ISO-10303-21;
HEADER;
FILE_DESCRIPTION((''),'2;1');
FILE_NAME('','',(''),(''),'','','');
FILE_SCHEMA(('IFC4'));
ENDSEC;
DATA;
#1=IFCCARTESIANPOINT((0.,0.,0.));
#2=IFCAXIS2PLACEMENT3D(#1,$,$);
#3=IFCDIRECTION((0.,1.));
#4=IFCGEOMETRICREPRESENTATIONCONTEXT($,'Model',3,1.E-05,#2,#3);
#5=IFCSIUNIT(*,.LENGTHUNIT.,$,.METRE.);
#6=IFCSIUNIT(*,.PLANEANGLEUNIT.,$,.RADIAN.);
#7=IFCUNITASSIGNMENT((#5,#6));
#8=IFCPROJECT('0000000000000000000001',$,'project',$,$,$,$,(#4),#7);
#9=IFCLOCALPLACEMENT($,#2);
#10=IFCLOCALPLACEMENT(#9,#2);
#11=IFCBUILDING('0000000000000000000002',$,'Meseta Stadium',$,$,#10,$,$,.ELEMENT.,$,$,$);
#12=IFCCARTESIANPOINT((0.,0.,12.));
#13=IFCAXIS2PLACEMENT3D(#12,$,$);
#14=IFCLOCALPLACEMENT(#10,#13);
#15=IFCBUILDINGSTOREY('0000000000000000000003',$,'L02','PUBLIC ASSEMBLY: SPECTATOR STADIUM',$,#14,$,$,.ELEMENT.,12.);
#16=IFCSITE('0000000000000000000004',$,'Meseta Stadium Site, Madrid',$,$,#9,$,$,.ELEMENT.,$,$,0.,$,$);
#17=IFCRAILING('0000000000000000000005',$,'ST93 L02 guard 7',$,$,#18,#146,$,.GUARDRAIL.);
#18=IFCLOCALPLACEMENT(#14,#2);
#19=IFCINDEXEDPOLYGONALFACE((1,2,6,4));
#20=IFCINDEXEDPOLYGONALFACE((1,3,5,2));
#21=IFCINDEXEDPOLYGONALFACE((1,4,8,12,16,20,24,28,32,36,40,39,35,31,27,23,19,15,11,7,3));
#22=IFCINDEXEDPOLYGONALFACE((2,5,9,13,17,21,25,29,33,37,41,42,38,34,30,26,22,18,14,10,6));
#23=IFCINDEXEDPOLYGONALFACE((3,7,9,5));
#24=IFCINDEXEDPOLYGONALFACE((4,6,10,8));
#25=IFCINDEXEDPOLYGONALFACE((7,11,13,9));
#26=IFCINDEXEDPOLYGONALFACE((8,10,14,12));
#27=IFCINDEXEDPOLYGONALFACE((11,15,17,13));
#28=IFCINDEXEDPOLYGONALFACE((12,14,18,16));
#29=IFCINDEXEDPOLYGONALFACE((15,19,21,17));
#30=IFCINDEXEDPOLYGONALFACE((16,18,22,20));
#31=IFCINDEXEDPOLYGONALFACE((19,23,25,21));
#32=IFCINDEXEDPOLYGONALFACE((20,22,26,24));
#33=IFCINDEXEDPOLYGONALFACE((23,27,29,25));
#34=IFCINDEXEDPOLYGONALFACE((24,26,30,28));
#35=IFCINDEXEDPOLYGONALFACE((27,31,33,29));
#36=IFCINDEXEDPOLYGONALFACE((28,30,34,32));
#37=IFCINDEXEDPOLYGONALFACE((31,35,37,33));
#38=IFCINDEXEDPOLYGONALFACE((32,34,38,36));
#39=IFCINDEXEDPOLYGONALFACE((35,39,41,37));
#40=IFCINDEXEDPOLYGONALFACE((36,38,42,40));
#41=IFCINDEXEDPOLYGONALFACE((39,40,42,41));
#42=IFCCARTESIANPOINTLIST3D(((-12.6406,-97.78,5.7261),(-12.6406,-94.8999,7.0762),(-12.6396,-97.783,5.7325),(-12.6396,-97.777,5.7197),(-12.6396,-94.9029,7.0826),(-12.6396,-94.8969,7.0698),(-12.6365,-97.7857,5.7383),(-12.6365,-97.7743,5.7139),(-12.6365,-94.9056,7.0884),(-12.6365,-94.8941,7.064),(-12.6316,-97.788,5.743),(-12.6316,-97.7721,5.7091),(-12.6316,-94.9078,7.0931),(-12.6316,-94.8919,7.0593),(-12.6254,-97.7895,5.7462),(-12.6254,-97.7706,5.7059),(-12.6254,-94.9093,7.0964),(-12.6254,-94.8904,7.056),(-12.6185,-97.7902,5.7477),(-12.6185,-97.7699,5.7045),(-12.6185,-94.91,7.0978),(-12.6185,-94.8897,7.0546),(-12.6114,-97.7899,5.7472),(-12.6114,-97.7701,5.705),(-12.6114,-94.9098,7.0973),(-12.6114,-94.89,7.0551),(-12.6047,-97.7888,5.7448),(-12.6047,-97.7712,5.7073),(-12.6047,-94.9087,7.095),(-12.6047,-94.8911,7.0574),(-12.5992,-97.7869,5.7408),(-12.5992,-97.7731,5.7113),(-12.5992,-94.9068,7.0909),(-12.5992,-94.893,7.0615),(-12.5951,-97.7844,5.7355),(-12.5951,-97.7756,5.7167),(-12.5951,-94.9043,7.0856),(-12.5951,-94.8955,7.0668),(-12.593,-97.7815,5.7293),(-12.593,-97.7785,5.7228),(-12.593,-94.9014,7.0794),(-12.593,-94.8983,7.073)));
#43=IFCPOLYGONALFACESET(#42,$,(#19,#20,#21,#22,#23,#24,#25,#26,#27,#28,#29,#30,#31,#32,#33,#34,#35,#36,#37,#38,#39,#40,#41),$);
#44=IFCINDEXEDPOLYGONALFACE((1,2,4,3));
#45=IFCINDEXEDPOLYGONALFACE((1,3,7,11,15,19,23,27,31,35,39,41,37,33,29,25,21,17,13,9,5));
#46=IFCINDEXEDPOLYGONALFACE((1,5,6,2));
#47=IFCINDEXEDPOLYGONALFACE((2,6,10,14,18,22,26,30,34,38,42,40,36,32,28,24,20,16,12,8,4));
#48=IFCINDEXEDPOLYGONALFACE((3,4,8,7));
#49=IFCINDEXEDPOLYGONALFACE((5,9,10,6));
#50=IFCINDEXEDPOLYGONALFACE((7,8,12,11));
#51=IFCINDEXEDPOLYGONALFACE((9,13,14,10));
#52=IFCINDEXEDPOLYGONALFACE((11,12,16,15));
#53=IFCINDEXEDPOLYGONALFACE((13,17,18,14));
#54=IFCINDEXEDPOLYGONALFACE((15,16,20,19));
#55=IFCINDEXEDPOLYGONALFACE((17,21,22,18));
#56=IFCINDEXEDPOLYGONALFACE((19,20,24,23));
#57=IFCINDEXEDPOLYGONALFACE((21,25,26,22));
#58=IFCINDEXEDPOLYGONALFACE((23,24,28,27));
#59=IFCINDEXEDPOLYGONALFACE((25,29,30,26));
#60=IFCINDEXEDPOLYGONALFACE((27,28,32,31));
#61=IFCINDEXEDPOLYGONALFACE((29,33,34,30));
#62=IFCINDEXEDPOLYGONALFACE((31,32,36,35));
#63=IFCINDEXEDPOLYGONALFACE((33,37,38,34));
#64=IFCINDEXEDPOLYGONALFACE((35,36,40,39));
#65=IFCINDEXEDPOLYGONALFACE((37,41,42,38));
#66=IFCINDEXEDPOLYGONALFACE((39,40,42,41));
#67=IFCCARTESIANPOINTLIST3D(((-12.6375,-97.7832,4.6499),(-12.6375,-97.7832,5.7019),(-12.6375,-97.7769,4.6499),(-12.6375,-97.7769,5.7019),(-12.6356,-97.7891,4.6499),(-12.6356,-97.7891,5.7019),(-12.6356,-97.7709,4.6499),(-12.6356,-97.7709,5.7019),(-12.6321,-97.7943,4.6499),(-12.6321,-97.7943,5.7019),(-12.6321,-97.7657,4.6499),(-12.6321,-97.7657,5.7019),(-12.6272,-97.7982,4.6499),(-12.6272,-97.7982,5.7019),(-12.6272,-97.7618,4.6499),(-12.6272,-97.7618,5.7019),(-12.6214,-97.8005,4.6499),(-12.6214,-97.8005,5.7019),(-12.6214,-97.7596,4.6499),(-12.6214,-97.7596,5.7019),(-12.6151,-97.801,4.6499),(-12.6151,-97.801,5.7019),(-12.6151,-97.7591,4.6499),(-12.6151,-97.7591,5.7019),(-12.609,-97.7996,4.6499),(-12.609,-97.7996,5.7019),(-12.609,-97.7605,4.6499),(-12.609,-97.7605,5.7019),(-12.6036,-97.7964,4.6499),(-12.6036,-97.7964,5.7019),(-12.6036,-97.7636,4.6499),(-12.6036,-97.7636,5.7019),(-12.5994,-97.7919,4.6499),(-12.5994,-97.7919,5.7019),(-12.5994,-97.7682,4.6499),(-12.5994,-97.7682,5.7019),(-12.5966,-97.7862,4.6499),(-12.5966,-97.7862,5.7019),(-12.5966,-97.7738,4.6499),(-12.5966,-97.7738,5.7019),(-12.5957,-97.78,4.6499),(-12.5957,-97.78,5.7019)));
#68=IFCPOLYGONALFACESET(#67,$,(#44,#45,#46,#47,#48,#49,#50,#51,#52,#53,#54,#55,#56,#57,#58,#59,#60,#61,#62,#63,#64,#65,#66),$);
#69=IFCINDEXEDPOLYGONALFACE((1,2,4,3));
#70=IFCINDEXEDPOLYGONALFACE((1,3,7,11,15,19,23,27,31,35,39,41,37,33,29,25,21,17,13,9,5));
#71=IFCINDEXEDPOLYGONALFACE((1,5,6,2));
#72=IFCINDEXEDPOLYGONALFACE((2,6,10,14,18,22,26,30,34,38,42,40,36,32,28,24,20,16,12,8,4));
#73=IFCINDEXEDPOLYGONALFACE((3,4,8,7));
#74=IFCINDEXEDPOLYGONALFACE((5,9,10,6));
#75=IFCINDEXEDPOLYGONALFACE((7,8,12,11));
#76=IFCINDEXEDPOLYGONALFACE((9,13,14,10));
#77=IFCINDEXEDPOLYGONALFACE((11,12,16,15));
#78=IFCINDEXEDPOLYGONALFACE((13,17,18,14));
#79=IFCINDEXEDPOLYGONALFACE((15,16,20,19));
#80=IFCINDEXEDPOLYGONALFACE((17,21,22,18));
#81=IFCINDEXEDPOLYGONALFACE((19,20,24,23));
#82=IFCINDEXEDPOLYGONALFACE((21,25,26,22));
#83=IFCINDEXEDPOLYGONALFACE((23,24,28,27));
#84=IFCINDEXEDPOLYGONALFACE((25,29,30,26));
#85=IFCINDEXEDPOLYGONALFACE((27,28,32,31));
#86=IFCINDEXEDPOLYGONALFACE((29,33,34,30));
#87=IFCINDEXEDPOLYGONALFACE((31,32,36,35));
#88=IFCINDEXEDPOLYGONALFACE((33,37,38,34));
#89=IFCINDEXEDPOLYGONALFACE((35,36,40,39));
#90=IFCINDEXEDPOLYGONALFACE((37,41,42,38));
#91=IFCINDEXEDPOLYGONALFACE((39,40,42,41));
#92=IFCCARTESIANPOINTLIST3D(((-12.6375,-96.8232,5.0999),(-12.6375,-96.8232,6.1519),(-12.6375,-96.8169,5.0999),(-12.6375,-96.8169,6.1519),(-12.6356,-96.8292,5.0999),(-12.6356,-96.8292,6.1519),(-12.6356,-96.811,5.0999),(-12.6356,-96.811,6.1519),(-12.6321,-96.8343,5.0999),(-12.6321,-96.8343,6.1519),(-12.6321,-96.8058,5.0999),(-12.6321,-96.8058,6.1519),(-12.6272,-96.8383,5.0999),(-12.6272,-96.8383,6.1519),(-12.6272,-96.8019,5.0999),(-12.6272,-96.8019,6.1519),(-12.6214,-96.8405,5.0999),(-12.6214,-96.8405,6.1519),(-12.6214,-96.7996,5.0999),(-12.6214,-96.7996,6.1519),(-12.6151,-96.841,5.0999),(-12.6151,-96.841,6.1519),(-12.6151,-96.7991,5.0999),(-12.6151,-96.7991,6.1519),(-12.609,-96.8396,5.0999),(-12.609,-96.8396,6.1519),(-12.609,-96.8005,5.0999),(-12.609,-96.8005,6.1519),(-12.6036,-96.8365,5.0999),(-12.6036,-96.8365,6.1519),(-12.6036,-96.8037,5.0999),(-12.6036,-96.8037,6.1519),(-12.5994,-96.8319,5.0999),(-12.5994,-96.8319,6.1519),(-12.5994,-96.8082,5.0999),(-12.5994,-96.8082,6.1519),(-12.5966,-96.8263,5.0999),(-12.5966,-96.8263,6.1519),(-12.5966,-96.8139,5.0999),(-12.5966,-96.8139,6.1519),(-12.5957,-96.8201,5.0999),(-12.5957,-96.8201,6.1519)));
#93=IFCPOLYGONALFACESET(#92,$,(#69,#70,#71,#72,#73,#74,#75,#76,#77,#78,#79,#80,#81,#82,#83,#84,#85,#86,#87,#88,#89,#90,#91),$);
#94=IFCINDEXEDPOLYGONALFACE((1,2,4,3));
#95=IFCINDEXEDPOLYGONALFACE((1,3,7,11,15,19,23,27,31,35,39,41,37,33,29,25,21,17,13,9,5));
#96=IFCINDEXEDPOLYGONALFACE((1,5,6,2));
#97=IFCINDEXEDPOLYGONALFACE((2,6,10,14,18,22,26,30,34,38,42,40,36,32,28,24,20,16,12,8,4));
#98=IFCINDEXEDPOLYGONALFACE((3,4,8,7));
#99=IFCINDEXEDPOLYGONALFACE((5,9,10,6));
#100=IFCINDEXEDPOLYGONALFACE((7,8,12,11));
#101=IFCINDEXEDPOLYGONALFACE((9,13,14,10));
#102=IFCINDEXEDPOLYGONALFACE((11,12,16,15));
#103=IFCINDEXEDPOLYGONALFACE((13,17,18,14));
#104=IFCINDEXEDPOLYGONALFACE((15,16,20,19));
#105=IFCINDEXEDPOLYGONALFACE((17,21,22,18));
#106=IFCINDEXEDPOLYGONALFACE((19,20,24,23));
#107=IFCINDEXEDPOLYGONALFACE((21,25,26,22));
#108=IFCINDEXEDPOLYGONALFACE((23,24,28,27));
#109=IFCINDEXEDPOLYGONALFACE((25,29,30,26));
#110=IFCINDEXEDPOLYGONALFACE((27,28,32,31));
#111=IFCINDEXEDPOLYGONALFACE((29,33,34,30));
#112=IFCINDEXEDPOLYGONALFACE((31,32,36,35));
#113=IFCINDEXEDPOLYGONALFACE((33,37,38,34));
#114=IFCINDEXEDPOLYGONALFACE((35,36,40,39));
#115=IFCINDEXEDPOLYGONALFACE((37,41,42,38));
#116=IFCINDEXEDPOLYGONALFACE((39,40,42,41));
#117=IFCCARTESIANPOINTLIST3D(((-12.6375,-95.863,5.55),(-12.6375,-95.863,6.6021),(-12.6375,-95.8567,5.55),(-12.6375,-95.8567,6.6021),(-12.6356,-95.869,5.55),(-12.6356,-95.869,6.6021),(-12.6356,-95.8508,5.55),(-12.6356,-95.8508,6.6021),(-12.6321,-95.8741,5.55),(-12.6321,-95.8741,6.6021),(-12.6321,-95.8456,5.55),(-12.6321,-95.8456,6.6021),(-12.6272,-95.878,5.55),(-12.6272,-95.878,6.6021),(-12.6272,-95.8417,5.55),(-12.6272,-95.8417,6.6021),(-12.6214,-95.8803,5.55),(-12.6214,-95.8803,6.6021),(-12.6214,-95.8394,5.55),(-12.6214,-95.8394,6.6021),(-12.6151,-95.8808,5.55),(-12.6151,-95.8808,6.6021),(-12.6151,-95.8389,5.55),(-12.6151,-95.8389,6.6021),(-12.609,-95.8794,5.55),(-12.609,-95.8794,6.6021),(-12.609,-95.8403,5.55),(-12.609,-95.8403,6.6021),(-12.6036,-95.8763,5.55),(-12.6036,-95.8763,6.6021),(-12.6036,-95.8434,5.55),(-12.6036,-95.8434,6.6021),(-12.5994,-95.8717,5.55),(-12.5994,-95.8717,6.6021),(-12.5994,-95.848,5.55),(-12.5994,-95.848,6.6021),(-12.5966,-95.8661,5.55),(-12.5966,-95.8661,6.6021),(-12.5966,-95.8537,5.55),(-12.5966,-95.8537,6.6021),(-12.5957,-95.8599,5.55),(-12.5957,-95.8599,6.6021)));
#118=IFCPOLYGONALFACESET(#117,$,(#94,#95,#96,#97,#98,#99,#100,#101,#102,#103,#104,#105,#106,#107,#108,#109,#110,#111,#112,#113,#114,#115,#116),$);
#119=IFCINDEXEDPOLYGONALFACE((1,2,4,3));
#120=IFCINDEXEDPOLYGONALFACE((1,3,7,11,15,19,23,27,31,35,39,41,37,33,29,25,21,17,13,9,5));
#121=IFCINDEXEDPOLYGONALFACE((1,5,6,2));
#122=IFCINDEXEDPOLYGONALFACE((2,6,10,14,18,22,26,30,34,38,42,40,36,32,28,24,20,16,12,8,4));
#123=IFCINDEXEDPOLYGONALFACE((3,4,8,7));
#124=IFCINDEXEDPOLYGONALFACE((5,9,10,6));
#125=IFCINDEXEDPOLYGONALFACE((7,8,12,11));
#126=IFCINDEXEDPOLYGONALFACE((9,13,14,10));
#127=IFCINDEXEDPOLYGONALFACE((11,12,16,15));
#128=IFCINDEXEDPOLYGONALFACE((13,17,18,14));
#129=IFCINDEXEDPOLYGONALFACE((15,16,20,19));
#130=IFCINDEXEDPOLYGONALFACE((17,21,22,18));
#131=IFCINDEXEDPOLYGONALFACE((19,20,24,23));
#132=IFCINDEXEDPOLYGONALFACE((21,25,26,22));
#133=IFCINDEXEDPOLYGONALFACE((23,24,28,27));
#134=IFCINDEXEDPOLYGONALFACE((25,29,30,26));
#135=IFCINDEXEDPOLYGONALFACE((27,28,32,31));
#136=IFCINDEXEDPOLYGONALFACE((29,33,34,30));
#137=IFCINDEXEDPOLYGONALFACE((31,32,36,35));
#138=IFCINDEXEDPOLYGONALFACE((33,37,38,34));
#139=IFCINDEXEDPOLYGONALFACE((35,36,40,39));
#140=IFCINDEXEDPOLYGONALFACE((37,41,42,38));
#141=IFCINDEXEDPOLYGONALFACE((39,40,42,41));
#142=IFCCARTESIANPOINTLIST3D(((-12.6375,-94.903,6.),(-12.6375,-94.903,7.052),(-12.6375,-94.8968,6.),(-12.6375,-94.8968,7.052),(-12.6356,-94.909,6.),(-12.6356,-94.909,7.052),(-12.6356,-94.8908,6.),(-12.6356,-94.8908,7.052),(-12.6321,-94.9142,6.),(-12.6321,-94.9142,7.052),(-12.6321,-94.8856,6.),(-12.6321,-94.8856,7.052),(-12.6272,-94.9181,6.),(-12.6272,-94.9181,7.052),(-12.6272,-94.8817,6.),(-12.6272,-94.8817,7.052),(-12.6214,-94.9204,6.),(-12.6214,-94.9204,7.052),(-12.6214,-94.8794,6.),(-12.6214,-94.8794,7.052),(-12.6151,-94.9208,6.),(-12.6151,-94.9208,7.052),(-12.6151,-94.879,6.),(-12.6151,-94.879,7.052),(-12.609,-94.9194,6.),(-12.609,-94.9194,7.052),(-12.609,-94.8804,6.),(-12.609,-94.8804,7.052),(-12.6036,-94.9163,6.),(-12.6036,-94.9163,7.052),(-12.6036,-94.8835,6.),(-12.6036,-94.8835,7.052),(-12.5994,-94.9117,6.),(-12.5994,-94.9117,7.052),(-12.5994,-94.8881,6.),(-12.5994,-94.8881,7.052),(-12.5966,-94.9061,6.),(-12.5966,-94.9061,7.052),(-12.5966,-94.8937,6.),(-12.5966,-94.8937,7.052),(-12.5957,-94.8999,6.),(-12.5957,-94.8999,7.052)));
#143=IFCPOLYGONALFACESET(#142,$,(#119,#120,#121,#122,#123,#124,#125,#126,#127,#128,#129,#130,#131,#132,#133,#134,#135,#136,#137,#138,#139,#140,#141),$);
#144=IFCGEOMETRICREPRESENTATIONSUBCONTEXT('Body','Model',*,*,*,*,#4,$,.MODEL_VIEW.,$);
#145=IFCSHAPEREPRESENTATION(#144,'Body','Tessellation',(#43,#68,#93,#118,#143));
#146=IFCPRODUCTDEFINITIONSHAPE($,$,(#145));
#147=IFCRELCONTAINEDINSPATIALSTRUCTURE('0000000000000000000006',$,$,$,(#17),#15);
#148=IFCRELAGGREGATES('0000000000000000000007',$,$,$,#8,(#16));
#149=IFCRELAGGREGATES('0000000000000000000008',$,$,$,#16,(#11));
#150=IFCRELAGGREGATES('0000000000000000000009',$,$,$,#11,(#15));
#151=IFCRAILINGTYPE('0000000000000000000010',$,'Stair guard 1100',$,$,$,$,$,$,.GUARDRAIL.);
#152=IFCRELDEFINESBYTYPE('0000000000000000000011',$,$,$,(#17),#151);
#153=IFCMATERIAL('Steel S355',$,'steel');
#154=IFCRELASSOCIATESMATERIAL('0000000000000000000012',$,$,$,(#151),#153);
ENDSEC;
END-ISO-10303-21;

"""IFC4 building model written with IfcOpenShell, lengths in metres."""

from ifc_helpers import new_model, si_unit, direction, frame, origin, origin_2d, place, context, subcontext, project, spatial, circle, extrude, material, type_object, element, save


model = new_model("IFC4")

# Units and contexts
model_context = context("Model", 3, precision=1e-05, world=origin(), true_north=direction((0.0, 1.0)))
body_context = subcontext(model_context, "Body", "Model", "MODEL_VIEW")
ifc_project = project(units=[si_unit("LENGTHUNIT", "METRE"), si_unit("PLANEANGLEUNIT", "RADIAN")], contexts=[model_context])

# Site, building, storey
site_placement = place(None, origin())
site = spatial("IfcSite", under=ifc_project, at=site_placement, Name="Meseta Stadium Site, Madrid", CompositionType="ELEMENT", RefElevation=0.0)
building_placement = place(site_placement, origin())
building = spatial("IfcBuilding", under=site, at=building_placement, Name="Meseta Stadium", CompositionType="ELEMENT")
storey_placement = place(building_placement, frame((0.0, 0.0, 12.0)))
storey = spatial("IfcBuildingStorey", under=building, at=storey_placement, Name="L02", Description="PUBLIC ASSEMBLY: SPECTATOR STADIUM", CompositionType="ELEMENT", Elevation=12.0)

# Railing
ifc_material_1 = material(Name="Steel S355", Category="steel")
railing_type_1 = type_object("IfcRailingType", Name="Stair guard 1100", PredefinedType="GUARDRAIL", material=ifc_material_1)
railing_1_placement = place(storey_placement, frame((-12.6167, -97.78, 4.6499)))
element("IfcRailing", 1, at=railing_1_placement, inside=storey, type_object=railing_type_1, Name="ST93 L02 guard 7", PredefinedType="GUARDRAIL", context=body_context, shape_type="SweptSolid", body=[
    extrude(circle(Radius=0.0239, at=origin_2d()), frame((0.0, 0.0, 1.0762), z_axis=(0.0, 0.905454, 0.424444), x_axis=(-1.0, 0.0, 0.0)), (0.0, 0.0, 1.0), 3.1809),
    extrude(circle(Radius=0.021, at=origin_2d()), origin(), (0.0, 0.0, 1.0), 1.052),
    extrude(circle(Radius=0.021, at=origin_2d()), frame((0.0, 0.96, 0.45)), (0.0, 0.0, 1.0), 1.052),
    extrude(circle(Radius=0.021, at=origin_2d()), frame((0.0, 1.9202, 0.9001)), (0.0, 0.0, 1.0), 1.052),
    extrude(circle(Radius=0.021, at=origin_2d()), frame((0.0, 2.8801, 1.3501)), (0.0, 0.0, 1.0), 1.052),
])

save(model, "model.ifc")
